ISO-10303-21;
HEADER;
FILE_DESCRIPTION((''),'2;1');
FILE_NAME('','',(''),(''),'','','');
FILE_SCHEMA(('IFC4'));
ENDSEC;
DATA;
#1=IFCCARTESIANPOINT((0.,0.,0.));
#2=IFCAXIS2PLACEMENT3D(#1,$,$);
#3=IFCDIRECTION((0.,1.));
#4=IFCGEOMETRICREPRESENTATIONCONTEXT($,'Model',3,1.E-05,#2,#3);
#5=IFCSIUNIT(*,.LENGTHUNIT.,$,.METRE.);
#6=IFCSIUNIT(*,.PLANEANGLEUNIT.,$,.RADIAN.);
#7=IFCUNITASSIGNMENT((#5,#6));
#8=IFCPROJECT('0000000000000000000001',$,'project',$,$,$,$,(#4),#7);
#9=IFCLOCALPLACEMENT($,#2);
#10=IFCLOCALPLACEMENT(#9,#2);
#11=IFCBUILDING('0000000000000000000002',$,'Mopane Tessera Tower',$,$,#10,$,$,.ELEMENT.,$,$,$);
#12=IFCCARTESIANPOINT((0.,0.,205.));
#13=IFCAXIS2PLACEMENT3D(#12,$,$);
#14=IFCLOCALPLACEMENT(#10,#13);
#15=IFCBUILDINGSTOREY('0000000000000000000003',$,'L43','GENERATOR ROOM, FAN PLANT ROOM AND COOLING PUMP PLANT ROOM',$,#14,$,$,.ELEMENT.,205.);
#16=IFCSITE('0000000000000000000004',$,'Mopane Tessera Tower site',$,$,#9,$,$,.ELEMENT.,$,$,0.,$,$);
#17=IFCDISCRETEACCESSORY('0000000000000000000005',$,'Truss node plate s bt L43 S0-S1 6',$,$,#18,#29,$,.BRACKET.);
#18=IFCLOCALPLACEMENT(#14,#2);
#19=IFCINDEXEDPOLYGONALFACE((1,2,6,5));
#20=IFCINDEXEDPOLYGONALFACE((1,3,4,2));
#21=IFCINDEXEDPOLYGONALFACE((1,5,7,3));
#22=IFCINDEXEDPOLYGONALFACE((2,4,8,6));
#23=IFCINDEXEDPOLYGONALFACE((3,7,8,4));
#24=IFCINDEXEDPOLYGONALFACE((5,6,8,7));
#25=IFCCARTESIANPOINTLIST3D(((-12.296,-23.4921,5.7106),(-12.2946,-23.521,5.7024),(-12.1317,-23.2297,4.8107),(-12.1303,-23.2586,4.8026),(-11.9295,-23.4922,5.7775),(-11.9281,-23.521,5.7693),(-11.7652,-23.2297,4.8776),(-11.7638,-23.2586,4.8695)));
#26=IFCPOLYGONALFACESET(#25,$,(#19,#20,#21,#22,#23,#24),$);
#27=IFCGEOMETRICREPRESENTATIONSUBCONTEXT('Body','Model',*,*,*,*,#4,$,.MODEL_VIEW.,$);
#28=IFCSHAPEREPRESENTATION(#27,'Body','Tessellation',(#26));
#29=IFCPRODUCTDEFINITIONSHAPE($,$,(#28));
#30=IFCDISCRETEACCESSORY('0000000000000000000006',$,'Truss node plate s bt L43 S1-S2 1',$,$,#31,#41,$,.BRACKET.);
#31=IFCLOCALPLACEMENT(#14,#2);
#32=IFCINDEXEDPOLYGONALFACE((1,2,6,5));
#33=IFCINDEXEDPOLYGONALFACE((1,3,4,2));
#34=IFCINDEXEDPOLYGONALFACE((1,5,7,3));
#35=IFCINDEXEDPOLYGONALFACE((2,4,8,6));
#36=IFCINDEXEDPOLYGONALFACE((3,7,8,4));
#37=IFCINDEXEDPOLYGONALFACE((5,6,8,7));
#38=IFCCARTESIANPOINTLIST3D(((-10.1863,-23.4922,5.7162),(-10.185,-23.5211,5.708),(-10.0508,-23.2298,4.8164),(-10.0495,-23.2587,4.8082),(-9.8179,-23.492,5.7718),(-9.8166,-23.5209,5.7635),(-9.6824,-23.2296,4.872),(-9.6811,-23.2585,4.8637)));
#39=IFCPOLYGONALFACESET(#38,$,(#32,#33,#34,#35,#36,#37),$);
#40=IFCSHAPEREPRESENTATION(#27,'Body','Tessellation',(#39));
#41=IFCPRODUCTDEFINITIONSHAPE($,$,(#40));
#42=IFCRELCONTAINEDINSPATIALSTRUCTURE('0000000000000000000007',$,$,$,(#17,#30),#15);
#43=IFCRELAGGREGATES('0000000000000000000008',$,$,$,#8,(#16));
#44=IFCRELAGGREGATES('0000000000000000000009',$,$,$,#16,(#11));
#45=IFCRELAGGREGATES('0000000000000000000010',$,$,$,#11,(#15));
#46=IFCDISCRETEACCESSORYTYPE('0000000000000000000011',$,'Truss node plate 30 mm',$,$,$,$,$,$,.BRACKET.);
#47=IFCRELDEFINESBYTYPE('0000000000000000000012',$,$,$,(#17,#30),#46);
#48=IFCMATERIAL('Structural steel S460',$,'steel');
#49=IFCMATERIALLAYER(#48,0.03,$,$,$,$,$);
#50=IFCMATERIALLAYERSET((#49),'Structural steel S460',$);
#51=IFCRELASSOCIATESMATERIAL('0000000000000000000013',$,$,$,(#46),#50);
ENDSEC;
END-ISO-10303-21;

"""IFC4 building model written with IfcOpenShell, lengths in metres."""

from ifc_helpers import new_model, si_unit, direction, frame, origin, origin_2d, place, context, subcontext, project, spatial, rectangle, extrude, material, layer, layer_set, type_object, element, save


model = new_model("IFC4")

# Units and contexts
model_context = context("Model", 3, precision=1e-05, world=origin(), true_north=direction((0.0, 1.0)))
body_context = subcontext(model_context, "Body", "Model", "MODEL_VIEW")
ifc_project = project(units=[si_unit("LENGTHUNIT", "METRE"), si_unit("PLANEANGLEUNIT", "RADIAN")], contexts=[model_context])

# Site, building, storey
site_placement = place(None, origin())
site = spatial("IfcSite", under=ifc_project, at=site_placement, Name="Mopane Tessera Tower site", CompositionType="ELEMENT", RefElevation=0.0)
building_placement = place(site_placement, origin())
building = spatial("IfcBuilding", under=site, at=building_placement, Name="Mopane Tessera Tower", CompositionType="ELEMENT")
storey_placement = place(building_placement, frame((0.0, 0.0, 205.0)))
storey = spatial("IfcBuildingStorey", under=building, at=storey_placement, Name="L43", Description="GENERATOR ROOM, FAN PLANT ROOM AND COOLING PUMP PLANT ROOM", CompositionType="ELEMENT", Elevation=205.0)

# Discrete accessories
ifc_material_1 = material(Name="Structural steel S460", Category="steel")
ifc_layer_1 = layer(ifc_material_1, 0.03)
ifc_layer_set_1 = layer_set([ifc_layer_1], Name="Structural steel S460")
discrete_accessory_type = type_object("IfcDiscreteAccessoryType", Name="Truss node plate 30 mm", PredefinedType="BRACKET", material=ifc_layer_set_1)
discrete_accessory_1_placement = place(storey_placement, frame((-11.9478, -23.2441, 4.8401), z_axis=(-0.172648, -0.275776, 0.94559), x_axis=(-0.049476, 0.961222, 0.271301)))
element("IfcDiscreteAccessory", 1, at=discrete_accessory_1_placement, inside=storey, type_object=discrete_accessory_type, Name="Truss node plate s bt L43 S0-S1 6", PredefinedType="BRACKET", context=body_context, shape_type="SweptSolid", body=[
    extrude(rectangle(XDim=0.03, YDim=0.3726, at=origin_2d()), origin(), (0.0, 0.0, 1.0), 0.9517),
])
discrete_accessory_2_placement = place(storey_placement, frame((-9.866, -23.2441, 4.8401), z_axis=(-0.143061, -0.2771, 0.950131), x_axis=(-0.041765, 0.960841, 0.273935)))
element("IfcDiscreteAccessory", 2, at=discrete_accessory_2_placement, inside=storey, type_object=discrete_accessory_type, Name="Truss node plate s bt L43 S1-S2 1", PredefinedType="BRACKET", context=body_context, shape_type="SweptSolid", body=[
    extrude(rectangle(XDim=0.03, YDim=0.3726, at=origin_2d()), origin(), (0.0, 0.0, 1.0), 0.947),
])

save(model, "model.ifc")
